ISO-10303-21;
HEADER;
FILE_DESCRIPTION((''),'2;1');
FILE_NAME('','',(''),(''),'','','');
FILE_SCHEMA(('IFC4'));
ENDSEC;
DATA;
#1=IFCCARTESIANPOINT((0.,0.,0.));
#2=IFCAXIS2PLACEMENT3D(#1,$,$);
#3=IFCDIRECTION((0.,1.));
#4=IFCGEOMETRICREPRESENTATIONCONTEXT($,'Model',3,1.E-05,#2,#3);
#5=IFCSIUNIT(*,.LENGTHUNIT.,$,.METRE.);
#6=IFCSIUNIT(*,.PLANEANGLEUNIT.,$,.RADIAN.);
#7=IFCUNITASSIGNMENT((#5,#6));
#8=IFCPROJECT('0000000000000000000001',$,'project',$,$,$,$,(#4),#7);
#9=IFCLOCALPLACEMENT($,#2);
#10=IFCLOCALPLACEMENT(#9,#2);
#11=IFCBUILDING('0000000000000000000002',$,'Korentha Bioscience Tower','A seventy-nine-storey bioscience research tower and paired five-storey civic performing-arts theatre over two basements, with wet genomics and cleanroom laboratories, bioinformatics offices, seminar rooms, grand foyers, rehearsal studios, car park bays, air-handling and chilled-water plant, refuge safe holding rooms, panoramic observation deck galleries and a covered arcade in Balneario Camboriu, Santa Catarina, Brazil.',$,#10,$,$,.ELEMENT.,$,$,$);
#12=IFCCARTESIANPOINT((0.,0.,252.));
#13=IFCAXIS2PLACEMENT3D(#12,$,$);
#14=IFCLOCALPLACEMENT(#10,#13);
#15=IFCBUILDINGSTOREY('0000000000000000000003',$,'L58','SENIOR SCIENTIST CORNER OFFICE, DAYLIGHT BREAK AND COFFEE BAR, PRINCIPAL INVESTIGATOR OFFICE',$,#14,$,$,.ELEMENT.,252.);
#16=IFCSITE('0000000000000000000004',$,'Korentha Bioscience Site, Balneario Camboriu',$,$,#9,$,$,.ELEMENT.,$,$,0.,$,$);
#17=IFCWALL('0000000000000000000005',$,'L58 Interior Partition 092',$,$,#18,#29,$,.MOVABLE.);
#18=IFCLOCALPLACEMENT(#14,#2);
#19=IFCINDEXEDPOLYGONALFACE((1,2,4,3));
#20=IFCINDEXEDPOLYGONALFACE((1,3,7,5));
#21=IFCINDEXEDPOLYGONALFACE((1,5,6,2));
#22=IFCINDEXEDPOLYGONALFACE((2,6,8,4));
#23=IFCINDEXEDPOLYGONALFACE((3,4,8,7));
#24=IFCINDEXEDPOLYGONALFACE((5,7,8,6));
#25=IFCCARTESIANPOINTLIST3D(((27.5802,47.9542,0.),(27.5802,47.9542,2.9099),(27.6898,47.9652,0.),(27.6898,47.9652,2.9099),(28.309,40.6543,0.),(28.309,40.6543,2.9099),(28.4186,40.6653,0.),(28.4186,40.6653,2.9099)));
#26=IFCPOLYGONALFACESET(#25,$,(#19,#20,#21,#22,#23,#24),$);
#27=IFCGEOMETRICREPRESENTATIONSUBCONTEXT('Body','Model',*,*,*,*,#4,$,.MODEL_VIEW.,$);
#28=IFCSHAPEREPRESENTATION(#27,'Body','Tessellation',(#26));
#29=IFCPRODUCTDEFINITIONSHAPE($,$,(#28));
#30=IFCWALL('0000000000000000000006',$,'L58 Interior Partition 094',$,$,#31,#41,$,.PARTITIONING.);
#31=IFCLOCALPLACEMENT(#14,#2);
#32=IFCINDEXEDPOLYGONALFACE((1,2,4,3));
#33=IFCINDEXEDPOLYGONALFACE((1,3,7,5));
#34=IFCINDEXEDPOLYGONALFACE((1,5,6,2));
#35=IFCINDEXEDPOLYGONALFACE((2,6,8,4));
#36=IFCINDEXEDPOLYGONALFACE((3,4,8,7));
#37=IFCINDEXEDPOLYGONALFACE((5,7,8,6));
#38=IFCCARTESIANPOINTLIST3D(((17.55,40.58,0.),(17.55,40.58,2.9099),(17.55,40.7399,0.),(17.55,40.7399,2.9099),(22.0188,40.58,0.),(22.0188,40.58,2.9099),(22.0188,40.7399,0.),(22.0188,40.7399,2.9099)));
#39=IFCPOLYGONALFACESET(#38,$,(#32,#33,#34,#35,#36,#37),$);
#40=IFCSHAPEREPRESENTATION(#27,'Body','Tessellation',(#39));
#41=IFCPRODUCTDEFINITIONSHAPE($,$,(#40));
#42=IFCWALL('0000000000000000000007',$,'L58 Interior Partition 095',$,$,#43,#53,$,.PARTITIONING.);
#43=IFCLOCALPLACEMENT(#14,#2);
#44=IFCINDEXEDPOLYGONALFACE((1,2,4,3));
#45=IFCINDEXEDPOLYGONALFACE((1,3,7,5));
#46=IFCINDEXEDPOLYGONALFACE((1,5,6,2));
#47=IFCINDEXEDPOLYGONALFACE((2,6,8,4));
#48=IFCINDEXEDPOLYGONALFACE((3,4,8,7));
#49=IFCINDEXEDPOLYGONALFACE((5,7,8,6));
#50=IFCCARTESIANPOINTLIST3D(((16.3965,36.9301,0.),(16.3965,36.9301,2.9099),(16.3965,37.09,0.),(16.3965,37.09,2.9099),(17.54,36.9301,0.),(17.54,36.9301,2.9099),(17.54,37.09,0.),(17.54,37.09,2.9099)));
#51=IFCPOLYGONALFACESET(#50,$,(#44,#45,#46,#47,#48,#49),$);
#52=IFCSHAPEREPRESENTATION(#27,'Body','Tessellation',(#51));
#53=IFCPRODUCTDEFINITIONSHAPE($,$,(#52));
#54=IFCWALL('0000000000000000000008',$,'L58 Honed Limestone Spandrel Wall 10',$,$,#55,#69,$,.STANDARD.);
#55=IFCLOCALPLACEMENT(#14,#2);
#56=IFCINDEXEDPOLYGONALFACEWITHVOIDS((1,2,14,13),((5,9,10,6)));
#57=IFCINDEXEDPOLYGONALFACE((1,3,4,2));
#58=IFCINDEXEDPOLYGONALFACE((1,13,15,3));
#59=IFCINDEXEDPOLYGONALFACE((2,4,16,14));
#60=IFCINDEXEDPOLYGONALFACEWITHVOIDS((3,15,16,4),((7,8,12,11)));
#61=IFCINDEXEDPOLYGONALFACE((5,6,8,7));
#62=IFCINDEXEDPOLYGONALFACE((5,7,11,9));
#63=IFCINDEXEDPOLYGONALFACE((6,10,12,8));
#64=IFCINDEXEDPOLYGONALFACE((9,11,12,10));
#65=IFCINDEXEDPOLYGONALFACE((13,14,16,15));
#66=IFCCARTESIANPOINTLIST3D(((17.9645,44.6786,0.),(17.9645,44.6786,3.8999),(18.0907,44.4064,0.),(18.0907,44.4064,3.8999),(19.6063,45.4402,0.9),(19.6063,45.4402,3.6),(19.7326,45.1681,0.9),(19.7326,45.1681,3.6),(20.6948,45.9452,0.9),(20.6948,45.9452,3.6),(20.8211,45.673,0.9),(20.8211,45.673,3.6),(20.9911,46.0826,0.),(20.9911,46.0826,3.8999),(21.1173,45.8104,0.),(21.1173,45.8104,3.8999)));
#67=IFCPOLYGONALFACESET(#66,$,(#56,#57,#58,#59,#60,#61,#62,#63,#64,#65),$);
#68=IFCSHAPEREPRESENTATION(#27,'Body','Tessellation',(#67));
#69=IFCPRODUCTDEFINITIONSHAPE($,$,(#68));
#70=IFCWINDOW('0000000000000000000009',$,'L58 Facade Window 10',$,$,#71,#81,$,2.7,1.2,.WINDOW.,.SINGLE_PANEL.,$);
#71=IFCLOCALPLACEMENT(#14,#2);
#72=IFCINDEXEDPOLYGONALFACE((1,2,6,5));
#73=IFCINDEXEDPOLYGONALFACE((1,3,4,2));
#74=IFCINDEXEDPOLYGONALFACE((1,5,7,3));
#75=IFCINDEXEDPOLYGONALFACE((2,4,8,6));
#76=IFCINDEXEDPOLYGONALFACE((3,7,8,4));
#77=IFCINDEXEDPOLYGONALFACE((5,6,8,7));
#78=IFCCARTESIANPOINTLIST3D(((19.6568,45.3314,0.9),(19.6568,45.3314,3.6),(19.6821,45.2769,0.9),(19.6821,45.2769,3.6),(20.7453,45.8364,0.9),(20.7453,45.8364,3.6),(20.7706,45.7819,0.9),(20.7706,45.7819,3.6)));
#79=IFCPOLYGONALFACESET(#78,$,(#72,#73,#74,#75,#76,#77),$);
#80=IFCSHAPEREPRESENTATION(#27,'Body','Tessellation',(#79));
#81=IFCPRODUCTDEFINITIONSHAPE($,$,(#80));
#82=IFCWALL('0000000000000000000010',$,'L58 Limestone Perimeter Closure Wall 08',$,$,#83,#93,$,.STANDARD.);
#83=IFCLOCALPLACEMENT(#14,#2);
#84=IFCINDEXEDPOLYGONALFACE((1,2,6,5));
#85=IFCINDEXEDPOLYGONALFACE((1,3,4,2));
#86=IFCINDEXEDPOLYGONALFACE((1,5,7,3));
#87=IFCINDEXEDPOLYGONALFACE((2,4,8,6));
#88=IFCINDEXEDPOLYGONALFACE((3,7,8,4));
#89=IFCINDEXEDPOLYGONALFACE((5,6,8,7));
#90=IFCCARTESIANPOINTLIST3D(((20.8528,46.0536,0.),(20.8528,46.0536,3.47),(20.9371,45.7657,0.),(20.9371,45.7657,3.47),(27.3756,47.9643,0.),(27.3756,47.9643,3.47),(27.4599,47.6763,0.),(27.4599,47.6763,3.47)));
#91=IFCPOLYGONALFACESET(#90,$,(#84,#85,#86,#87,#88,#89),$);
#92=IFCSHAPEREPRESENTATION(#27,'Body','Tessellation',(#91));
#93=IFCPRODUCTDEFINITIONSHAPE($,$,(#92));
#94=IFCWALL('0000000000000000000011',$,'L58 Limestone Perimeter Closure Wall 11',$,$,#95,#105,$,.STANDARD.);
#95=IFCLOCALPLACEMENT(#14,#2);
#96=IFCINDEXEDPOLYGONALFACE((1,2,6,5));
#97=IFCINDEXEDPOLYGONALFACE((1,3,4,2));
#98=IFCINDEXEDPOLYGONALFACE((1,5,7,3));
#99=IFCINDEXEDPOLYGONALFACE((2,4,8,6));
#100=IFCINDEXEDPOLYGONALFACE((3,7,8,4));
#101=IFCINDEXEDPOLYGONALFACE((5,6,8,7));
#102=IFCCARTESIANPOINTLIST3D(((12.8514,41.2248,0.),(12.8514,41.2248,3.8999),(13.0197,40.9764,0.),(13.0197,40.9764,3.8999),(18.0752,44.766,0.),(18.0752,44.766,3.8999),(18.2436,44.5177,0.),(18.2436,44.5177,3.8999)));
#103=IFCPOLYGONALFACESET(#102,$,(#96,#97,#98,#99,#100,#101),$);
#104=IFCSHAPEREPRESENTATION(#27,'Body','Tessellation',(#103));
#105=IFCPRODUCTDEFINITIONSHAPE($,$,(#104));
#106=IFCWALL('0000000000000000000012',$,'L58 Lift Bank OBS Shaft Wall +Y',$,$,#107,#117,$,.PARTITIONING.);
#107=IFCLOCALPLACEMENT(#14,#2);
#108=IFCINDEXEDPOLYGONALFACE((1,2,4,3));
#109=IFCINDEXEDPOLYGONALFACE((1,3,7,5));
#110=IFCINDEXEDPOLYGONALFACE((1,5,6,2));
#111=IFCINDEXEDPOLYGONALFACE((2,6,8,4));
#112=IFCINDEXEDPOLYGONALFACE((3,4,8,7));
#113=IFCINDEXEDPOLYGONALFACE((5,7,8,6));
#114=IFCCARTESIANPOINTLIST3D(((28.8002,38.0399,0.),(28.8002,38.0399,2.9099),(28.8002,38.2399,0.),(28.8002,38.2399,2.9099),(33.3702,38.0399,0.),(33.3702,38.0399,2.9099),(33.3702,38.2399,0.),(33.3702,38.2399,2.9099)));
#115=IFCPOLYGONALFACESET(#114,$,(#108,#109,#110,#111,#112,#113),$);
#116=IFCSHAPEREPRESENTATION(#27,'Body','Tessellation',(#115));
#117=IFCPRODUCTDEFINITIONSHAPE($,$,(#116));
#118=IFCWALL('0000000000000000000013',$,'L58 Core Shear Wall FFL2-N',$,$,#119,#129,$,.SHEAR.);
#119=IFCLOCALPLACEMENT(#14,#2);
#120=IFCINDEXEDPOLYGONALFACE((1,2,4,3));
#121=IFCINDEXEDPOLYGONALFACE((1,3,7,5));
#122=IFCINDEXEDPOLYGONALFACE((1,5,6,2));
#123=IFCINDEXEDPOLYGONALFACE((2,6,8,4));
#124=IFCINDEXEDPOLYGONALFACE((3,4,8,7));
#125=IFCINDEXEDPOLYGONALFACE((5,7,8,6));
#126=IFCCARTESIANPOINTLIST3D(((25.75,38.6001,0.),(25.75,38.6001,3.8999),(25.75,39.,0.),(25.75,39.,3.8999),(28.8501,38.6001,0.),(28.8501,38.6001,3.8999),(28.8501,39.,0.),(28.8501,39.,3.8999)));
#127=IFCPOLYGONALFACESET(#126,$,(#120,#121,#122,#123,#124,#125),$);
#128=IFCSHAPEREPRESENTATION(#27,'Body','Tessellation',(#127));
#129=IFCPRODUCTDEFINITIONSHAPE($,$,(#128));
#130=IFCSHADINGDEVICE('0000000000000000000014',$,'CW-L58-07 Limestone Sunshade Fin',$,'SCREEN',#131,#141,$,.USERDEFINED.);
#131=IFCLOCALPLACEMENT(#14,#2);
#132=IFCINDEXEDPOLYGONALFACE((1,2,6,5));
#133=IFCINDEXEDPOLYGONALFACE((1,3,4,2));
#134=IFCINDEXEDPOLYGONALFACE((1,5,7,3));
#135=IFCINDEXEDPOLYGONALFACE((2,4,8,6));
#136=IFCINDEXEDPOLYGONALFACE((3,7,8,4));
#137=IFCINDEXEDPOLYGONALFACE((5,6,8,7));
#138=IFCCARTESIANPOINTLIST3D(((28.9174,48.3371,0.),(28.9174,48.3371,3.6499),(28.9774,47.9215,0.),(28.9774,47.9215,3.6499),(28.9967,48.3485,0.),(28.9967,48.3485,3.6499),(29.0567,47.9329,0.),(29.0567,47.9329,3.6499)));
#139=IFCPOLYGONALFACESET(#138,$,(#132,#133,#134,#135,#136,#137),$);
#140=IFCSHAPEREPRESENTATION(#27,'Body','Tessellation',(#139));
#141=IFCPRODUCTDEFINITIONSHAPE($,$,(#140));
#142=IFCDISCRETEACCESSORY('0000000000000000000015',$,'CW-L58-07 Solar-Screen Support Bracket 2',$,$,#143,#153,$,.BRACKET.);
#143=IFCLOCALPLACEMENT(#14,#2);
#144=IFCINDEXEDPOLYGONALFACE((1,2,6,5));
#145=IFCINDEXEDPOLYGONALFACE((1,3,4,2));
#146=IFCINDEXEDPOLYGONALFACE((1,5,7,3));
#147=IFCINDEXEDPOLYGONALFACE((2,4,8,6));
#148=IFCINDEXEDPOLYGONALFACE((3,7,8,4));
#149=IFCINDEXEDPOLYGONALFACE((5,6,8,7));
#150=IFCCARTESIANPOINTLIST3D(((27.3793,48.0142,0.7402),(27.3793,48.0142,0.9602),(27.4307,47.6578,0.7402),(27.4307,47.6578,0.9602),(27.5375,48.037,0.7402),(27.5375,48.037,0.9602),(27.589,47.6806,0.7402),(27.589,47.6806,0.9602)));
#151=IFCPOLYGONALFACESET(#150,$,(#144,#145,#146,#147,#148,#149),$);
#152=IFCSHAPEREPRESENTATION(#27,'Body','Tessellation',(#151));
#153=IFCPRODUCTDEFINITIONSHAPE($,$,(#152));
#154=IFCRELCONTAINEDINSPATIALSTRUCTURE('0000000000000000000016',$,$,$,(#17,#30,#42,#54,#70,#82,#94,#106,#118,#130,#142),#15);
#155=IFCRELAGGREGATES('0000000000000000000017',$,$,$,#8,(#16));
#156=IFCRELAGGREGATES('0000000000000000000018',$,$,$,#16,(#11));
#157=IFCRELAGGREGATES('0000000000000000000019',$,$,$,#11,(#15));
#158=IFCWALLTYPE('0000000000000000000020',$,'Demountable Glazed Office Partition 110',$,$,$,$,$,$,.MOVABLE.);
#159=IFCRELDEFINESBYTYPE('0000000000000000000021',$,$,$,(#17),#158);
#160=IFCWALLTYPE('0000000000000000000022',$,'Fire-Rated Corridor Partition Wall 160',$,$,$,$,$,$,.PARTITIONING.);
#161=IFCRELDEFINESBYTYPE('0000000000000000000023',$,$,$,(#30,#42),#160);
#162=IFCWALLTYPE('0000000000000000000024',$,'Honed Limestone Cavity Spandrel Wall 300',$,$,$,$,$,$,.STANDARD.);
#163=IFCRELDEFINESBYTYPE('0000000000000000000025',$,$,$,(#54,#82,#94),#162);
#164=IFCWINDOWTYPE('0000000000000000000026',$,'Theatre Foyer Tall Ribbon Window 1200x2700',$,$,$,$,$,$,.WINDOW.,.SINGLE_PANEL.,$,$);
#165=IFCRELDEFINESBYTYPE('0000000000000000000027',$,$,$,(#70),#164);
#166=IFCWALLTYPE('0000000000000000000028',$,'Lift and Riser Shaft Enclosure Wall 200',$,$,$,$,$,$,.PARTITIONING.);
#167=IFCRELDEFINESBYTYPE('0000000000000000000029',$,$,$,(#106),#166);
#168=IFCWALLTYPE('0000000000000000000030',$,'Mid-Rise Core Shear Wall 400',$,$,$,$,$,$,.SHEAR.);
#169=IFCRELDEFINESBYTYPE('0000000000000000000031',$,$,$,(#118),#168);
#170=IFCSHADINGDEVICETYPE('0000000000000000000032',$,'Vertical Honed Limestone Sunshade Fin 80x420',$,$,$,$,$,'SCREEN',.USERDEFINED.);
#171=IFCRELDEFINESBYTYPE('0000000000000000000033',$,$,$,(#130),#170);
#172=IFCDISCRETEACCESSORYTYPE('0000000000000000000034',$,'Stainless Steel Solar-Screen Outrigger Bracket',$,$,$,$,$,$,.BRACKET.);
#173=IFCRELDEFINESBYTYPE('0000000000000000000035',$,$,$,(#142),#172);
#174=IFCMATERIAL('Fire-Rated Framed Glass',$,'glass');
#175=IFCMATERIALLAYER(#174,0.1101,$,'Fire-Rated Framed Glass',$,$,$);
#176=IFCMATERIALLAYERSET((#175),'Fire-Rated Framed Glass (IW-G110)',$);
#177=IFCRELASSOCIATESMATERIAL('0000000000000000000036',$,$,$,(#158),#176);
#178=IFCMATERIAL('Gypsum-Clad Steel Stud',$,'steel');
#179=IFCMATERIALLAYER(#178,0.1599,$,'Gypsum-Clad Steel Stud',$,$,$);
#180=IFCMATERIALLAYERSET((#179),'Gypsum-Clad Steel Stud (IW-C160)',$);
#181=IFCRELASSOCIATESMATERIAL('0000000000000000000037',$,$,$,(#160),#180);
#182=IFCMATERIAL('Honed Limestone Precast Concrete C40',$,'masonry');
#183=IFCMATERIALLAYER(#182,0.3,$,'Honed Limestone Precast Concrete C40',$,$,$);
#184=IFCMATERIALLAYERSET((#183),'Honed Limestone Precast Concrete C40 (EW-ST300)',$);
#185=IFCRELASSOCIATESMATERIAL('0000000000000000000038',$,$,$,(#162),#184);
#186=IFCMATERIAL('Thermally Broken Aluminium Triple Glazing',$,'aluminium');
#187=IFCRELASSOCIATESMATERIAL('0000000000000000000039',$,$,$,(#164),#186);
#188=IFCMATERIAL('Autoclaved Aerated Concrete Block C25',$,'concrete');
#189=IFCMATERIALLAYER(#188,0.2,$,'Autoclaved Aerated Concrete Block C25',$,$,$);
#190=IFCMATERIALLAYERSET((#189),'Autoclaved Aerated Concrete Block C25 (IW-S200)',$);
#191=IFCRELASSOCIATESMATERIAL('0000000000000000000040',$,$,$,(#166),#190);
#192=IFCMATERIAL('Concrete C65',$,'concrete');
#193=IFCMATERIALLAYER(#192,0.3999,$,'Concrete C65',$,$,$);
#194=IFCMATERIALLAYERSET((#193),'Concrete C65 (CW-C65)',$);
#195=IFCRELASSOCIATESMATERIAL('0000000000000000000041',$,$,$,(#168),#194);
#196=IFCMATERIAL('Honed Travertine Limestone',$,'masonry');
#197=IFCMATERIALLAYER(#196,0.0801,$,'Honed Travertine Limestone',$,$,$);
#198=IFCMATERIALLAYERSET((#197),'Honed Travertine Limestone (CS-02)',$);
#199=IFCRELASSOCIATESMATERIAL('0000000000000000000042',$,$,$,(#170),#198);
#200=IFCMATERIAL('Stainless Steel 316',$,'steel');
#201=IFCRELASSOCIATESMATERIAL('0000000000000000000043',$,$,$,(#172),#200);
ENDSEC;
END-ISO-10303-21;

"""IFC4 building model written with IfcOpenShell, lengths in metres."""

from ifc_helpers import new_model, si_unit, direction, frame, frame_2d, origin, origin_2d, place, context, subcontext, project, spatial, rectangle, extrude, material, layer, layer_set, type_object, element, fill, save


model = new_model("IFC4")

# Units and contexts
model_context = context("Model", 3, precision=1e-05, world=origin(), true_north=direction((0.0, 1.0)))
body_context = subcontext(model_context, "Body", "Model", "MODEL_VIEW")
ifc_project = project(units=[si_unit("LENGTHUNIT", "METRE"), si_unit("PLANEANGLEUNIT", "RADIAN")], contexts=[model_context])

# Site, building, storey
site_placement = place(None, origin())
site = spatial("IfcSite", under=ifc_project, at=site_placement, Name="Korentha Bioscience Site, Balneario Camboriu", CompositionType="ELEMENT", RefElevation=0.0)
building_placement = place(site_placement, origin())
building = spatial("IfcBuilding", under=site, at=building_placement, Name="Korentha Bioscience Tower", Description="A seventy-nine-storey bioscience research tower and paired five-storey civic performing-arts theatre over two basements, with wet genomics and cleanroom laboratories, bioinformatics offices, seminar rooms, grand foyers, rehearsal studios, car park bays, air-handling and chilled-water plant, refuge safe holding rooms, panoramic observation deck galleries and a covered arcade in Balneario Camboriu, Santa Catarina, Brazil.", CompositionType="ELEMENT")
storey_placement = place(building_placement, frame((0.0, 0.0, 252.0)))
storey = spatial("IfcBuildingStorey", under=building, at=storey_placement, Name="L58", Description="SENIOR SCIENTIST CORNER OFFICE, DAYLIGHT BREAK AND COFFEE BAR, PRINCIPAL INVESTIGATOR OFFICE", CompositionType="ELEMENT", Elevation=252.0)

# Shared definitions
ifc_material_1 = material(Name="Concrete C65", Category="concrete")

# Wall
ifc_material_2 = material(Name="Fire-Rated Framed Glass", Category="glass")
ifc_layer_1 = layer(ifc_material_2, 0.1101, Name="Fire-Rated Framed Glass")
ifc_layer_set_1 = layer_set([ifc_layer_1], Name="Fire-Rated Framed Glass (IW-G110)")
wall_type_1 = type_object("IfcWallType", Name="Demountable Glazed Office Partition 110", PredefinedType="MOVABLE", material=ifc_layer_set_1)
wall_1_placement = place(storey_placement, frame((28.3638, 40.6599, 0.0), z_axis=(0.0, 0.0, 1.0), x_axis=(-0.099339, 0.995054, 0.0)))
element("IfcWall", 1, at=wall_1_placement, inside=storey, type_object=wall_type_1, Name="L58 Interior Partition 092", PredefinedType="MOVABLE", context=body_context, shape_type="SweptSolid", body=[
    extrude(rectangle(XDim=7.3362, YDim=0.1101, at=frame_2d((3.668, 0.0))), origin(), (0.0, 0.0, 1.0), 2.9099),
])

# Shared definitions
ifc_material_3 = material(Name="Gypsum-Clad Steel Stud", Category="steel")
ifc_layer_2 = layer(ifc_material_3, 0.1599, Name="Gypsum-Clad Steel Stud")
ifc_layer_set_2 = layer_set([ifc_layer_2], Name="Gypsum-Clad Steel Stud (IW-C160)")
wall_type_2 = type_object("IfcWallType", Name="Fire-Rated Corridor Partition Wall 160", PredefinedType="PARTITIONING", material=ifc_layer_set_2)

# Walls
wall_2_placement = place(storey_placement, frame((22.0188, 40.6599, 0.0), z_axis=(0.0, 0.0, 1.0), x_axis=(-1.0, 0.0, 0.0)))
element("IfcWall", 2, at=wall_2_placement, inside=storey, type_object=wall_type_2, Name="L58 Interior Partition 094", PredefinedType="PARTITIONING", context=body_context, shape_type="SweptSolid", body=[
    extrude(rectangle(XDim=4.4688, YDim=0.1599, at=frame_2d((2.2344, 0.0))), origin(), (0.0, 0.0, 1.0), 2.9099),
])
wall_3_placement = place(storey_placement, frame((17.54, 37.01, 0.0), z_axis=(0.0, 0.0, 1.0), x_axis=(-1.0, 0.0, 0.0)))
element("IfcWall", 3, at=wall_3_placement, inside=storey, type_object=wall_type_2, Name="L58 Interior Partition 095", PredefinedType="PARTITIONING", context=body_context, shape_type="SweptSolid", body=[
    extrude(rectangle(XDim=1.1436, YDim=0.1599, at=frame_2d((0.5718, 0.0))), origin(), (0.0, 0.0, 1.0), 2.9099),
])

# Wall, opening, window
ifc_material_4 = material(Name="Honed Limestone Precast Concrete C40", Category="masonry")
ifc_layer_3 = layer(ifc_material_4, 0.3, Name="Honed Limestone Precast Concrete C40")
ifc_layer_set_3 = layer_set([ifc_layer_3], Name="Honed Limestone Precast Concrete C40 (EW-ST300)")
wall_type_3 = type_object("IfcWallType", Name="Honed Limestone Cavity Spandrel Wall 300", PredefinedType="STANDARD", material=ifc_layer_set_3)
wall_4_placement = place(storey_placement, frame((21.0542, 45.9465, 0.0), z_axis=(0.0, 0.0, 1.0), x_axis=(-0.907142, -0.420825, 0.0)))
wall_4 = element("IfcWall", 4, at=wall_4_placement, inside=storey, type_object=wall_type_3, Name="L58 Honed Limestone Spandrel Wall 10", PredefinedType="STANDARD", context=body_context, shape_type="SweptSolid", body=[
    extrude(rectangle(XDim=3.3364, YDim=0.3, at=frame_2d((1.6682, 0.0))), origin(), (0.0, 0.0, 1.0), 3.8999),
])
opening_1_placement = place(wall_4_placement, frame((0.3264, 0.0, 0.8999)))
opening_1 = element("IfcOpeningElement", 5, at=opening_1_placement, cuts=wall_4, PredefinedType="OPENING", context=body_context, shape_type="SweptSolid", body=[
    extrude(rectangle(XDim=1.2, YDim=2.7, at=frame_2d((0.6001, 1.3501))), frame((0.0, 0.165, 0.0), z_axis=(0.0, -1.0, 0.0), x_axis=(1.0, 0.0, 0.0)), (0.0, 0.0, 1.0), 0.3298),
])
ifc_material_5 = material(Name="Thermally Broken Aluminium Triple Glazing", Category="aluminium")
window_type = type_object("IfcWindowType", Name="Theatre Foyer Tall Ribbon Window 1200x2700", PartitioningType="SINGLE_PANEL", PredefinedType="WINDOW", material=ifc_material_5)
window_placement = place(opening_1_placement, origin())
window = element("IfcWindow", 6, at=window_placement, inside=storey, type_object=window_type, Name="L58 Facade Window 10", OverallHeight=2.7, OverallWidth=1.2, PartitioningType="SINGLE_PANEL", PredefinedType="WINDOW", context=body_context, shape_type="SweptSolid", body=[
    extrude(rectangle(XDim=1.2, YDim=2.7, at=frame_2d((0.6001, 1.3501))), frame((0.0, 0.03, 0.0), z_axis=(0.0, -1.0, 0.0), x_axis=(1.0, 0.0, 0.0)), (0.0, 0.0, 1.0), 0.0601),
])
fill(opening_1, window)

# Walls
wall_5_placement = place(storey_placement, frame((27.4177, 47.8203, 0.0), z_axis=(0.0, 0.0, 1.0), x_axis=(-0.959676, -0.28111, 0.0)))
element("IfcWall", 7, at=wall_5_placement, inside=storey, type_object=wall_type_3, Name="L58 Limestone Perimeter Closure Wall 08", PredefinedType="STANDARD", context=body_context, shape_type="SweptSolid", body=[
    extrude(rectangle(XDim=6.7969, YDim=0.3, at=frame_2d((3.3984, 0.0))), origin(), (0.0, 0.0, 1.0), 3.47),
])
wall_6_placement = place(storey_placement, frame((18.1594, 44.6418, 0.0), z_axis=(0.0, 0.0, 1.0), x_axis=(-0.827734, -0.56112, 0.0)))
element("IfcWall", 8, at=wall_6_placement, inside=storey, type_object=wall_type_3, Name="L58 Limestone Perimeter Closure Wall 11", PredefinedType="STANDARD", context=body_context, shape_type="SweptSolid", body=[
    extrude(rectangle(XDim=6.311, YDim=0.3, at=frame_2d((3.1555, 0.0))), origin(), (0.0, 0.0, 1.0), 3.8999),
])
ifc_material_6 = material(Name="Autoclaved Aerated Concrete Block C25", Category="concrete")
ifc_layer_4 = layer(ifc_material_6, 0.2, Name="Autoclaved Aerated Concrete Block C25")
ifc_layer_set_4 = layer_set([ifc_layer_4], Name="Autoclaved Aerated Concrete Block C25 (IW-S200)")
wall_type_4 = type_object("IfcWallType", Name="Lift and Riser Shaft Enclosure Wall 200", PredefinedType="PARTITIONING", material=ifc_layer_set_4)
wall_7_placement = place(storey_placement, frame((28.8, 38.1399, 0.0), z_axis=(0.0, 0.0, 1.0), x_axis=(1.0, 0.0, 0.0)))
element("IfcWall", 9, at=wall_7_placement, inside=storey, type_object=wall_type_4, Name="L58 Lift Bank OBS Shaft Wall +Y", PredefinedType="PARTITIONING", context=body_context, shape_type="SweptSolid", body=[
    extrude(rectangle(XDim=4.5701, YDim=0.2, at=frame_2d((2.2852, 0.0))), origin(), (0.0, 0.0, 1.0), 2.9099),
])
ifc_layer_5 = layer(ifc_material_1, 0.3999, Name="Concrete C65")
ifc_layer_set_5 = layer_set([ifc_layer_5], Name="Concrete C65 (CW-C65)")
wall_type_5 = type_object("IfcWallType", Name="Mid-Rise Core Shear Wall 400", PredefinedType="SHEAR", material=ifc_layer_set_5)
wall_8_placement = place(storey_placement, frame((25.75, 38.8, 0.0), z_axis=(0.0, 0.0, 1.0), x_axis=(1.0, 0.0, 0.0)))
element("IfcWall", 10, at=wall_8_placement, inside=storey, type_object=wall_type_5, Name="L58 Core Shear Wall FFL2-N", PredefinedType="SHEAR", context=body_context, shape_type="SweptSolid", body=[
    extrude(rectangle(XDim=3.1001, YDim=0.3999, at=frame_2d((1.55, 0.0))), origin(), (0.0, 0.0, 1.0), 3.8999),
])

# Shading device
ifc_material_7 = material(Name="Honed Travertine Limestone", Category="masonry")
ifc_layer_6 = layer(ifc_material_7, 0.0801, Name="Honed Travertine Limestone")
ifc_layer_set_6 = layer_set([ifc_layer_6], Name="Honed Travertine Limestone (CS-02)")
shading_device_type = type_object("IfcShadingDeviceType", Name="Vertical Honed Limestone Sunshade Fin 80x420", ElementType="SCREEN", PredefinedType="USERDEFINED", material=ifc_layer_set_6)
shading_device_placement = place(storey_placement, frame((28.9871, 48.135, 0.0), z_axis=(0.0, 0.0, 1.0), x_axis=(-0.989729, -0.142956, 0.0)))
element("IfcShadingDevice", 11, at=shading_device_placement, inside=storey, type_object=shading_device_type, Name="CW-L58-07 Limestone Sunshade Fin", ObjectType="SCREEN", PredefinedType="USERDEFINED", context=body_context, shape_type="SweptSolid", body=[
    extrude(rectangle(XDim=0.0801, YDim=0.4199, at=origin_2d()), origin(), (0.0, 0.0, 1.0), 3.6499),
])

# Discrete accessory
ifc_material_8 = material(Name="Stainless Steel 316", Category="steel")
discrete_accessory_type = type_object("IfcDiscreteAccessoryType", Name="Stainless Steel Solar-Screen Outrigger Bracket", PredefinedType="BRACKET", material=ifc_material_8)
discrete_accessory_placement = place(storey_placement, frame((27.4841, 47.8474, 0.7402), z_axis=(0.0, 0.0, 1.0), x_axis=(-0.989729, -0.142956, 0.0)))
element("IfcDiscreteAccessory", 12, at=discrete_accessory_placement, inside=storey, type_object=discrete_accessory_type, Name="CW-L58-07 Solar-Screen Support Bracket 2", PredefinedType="BRACKET", context=body_context, shape_type="SweptSolid", body=[
    extrude(rectangle(XDim=0.1599, YDim=0.3601, at=origin_2d()), origin(), (0.0, 0.0, 1.0), 0.22),
])

save(model, "model.ifc")
